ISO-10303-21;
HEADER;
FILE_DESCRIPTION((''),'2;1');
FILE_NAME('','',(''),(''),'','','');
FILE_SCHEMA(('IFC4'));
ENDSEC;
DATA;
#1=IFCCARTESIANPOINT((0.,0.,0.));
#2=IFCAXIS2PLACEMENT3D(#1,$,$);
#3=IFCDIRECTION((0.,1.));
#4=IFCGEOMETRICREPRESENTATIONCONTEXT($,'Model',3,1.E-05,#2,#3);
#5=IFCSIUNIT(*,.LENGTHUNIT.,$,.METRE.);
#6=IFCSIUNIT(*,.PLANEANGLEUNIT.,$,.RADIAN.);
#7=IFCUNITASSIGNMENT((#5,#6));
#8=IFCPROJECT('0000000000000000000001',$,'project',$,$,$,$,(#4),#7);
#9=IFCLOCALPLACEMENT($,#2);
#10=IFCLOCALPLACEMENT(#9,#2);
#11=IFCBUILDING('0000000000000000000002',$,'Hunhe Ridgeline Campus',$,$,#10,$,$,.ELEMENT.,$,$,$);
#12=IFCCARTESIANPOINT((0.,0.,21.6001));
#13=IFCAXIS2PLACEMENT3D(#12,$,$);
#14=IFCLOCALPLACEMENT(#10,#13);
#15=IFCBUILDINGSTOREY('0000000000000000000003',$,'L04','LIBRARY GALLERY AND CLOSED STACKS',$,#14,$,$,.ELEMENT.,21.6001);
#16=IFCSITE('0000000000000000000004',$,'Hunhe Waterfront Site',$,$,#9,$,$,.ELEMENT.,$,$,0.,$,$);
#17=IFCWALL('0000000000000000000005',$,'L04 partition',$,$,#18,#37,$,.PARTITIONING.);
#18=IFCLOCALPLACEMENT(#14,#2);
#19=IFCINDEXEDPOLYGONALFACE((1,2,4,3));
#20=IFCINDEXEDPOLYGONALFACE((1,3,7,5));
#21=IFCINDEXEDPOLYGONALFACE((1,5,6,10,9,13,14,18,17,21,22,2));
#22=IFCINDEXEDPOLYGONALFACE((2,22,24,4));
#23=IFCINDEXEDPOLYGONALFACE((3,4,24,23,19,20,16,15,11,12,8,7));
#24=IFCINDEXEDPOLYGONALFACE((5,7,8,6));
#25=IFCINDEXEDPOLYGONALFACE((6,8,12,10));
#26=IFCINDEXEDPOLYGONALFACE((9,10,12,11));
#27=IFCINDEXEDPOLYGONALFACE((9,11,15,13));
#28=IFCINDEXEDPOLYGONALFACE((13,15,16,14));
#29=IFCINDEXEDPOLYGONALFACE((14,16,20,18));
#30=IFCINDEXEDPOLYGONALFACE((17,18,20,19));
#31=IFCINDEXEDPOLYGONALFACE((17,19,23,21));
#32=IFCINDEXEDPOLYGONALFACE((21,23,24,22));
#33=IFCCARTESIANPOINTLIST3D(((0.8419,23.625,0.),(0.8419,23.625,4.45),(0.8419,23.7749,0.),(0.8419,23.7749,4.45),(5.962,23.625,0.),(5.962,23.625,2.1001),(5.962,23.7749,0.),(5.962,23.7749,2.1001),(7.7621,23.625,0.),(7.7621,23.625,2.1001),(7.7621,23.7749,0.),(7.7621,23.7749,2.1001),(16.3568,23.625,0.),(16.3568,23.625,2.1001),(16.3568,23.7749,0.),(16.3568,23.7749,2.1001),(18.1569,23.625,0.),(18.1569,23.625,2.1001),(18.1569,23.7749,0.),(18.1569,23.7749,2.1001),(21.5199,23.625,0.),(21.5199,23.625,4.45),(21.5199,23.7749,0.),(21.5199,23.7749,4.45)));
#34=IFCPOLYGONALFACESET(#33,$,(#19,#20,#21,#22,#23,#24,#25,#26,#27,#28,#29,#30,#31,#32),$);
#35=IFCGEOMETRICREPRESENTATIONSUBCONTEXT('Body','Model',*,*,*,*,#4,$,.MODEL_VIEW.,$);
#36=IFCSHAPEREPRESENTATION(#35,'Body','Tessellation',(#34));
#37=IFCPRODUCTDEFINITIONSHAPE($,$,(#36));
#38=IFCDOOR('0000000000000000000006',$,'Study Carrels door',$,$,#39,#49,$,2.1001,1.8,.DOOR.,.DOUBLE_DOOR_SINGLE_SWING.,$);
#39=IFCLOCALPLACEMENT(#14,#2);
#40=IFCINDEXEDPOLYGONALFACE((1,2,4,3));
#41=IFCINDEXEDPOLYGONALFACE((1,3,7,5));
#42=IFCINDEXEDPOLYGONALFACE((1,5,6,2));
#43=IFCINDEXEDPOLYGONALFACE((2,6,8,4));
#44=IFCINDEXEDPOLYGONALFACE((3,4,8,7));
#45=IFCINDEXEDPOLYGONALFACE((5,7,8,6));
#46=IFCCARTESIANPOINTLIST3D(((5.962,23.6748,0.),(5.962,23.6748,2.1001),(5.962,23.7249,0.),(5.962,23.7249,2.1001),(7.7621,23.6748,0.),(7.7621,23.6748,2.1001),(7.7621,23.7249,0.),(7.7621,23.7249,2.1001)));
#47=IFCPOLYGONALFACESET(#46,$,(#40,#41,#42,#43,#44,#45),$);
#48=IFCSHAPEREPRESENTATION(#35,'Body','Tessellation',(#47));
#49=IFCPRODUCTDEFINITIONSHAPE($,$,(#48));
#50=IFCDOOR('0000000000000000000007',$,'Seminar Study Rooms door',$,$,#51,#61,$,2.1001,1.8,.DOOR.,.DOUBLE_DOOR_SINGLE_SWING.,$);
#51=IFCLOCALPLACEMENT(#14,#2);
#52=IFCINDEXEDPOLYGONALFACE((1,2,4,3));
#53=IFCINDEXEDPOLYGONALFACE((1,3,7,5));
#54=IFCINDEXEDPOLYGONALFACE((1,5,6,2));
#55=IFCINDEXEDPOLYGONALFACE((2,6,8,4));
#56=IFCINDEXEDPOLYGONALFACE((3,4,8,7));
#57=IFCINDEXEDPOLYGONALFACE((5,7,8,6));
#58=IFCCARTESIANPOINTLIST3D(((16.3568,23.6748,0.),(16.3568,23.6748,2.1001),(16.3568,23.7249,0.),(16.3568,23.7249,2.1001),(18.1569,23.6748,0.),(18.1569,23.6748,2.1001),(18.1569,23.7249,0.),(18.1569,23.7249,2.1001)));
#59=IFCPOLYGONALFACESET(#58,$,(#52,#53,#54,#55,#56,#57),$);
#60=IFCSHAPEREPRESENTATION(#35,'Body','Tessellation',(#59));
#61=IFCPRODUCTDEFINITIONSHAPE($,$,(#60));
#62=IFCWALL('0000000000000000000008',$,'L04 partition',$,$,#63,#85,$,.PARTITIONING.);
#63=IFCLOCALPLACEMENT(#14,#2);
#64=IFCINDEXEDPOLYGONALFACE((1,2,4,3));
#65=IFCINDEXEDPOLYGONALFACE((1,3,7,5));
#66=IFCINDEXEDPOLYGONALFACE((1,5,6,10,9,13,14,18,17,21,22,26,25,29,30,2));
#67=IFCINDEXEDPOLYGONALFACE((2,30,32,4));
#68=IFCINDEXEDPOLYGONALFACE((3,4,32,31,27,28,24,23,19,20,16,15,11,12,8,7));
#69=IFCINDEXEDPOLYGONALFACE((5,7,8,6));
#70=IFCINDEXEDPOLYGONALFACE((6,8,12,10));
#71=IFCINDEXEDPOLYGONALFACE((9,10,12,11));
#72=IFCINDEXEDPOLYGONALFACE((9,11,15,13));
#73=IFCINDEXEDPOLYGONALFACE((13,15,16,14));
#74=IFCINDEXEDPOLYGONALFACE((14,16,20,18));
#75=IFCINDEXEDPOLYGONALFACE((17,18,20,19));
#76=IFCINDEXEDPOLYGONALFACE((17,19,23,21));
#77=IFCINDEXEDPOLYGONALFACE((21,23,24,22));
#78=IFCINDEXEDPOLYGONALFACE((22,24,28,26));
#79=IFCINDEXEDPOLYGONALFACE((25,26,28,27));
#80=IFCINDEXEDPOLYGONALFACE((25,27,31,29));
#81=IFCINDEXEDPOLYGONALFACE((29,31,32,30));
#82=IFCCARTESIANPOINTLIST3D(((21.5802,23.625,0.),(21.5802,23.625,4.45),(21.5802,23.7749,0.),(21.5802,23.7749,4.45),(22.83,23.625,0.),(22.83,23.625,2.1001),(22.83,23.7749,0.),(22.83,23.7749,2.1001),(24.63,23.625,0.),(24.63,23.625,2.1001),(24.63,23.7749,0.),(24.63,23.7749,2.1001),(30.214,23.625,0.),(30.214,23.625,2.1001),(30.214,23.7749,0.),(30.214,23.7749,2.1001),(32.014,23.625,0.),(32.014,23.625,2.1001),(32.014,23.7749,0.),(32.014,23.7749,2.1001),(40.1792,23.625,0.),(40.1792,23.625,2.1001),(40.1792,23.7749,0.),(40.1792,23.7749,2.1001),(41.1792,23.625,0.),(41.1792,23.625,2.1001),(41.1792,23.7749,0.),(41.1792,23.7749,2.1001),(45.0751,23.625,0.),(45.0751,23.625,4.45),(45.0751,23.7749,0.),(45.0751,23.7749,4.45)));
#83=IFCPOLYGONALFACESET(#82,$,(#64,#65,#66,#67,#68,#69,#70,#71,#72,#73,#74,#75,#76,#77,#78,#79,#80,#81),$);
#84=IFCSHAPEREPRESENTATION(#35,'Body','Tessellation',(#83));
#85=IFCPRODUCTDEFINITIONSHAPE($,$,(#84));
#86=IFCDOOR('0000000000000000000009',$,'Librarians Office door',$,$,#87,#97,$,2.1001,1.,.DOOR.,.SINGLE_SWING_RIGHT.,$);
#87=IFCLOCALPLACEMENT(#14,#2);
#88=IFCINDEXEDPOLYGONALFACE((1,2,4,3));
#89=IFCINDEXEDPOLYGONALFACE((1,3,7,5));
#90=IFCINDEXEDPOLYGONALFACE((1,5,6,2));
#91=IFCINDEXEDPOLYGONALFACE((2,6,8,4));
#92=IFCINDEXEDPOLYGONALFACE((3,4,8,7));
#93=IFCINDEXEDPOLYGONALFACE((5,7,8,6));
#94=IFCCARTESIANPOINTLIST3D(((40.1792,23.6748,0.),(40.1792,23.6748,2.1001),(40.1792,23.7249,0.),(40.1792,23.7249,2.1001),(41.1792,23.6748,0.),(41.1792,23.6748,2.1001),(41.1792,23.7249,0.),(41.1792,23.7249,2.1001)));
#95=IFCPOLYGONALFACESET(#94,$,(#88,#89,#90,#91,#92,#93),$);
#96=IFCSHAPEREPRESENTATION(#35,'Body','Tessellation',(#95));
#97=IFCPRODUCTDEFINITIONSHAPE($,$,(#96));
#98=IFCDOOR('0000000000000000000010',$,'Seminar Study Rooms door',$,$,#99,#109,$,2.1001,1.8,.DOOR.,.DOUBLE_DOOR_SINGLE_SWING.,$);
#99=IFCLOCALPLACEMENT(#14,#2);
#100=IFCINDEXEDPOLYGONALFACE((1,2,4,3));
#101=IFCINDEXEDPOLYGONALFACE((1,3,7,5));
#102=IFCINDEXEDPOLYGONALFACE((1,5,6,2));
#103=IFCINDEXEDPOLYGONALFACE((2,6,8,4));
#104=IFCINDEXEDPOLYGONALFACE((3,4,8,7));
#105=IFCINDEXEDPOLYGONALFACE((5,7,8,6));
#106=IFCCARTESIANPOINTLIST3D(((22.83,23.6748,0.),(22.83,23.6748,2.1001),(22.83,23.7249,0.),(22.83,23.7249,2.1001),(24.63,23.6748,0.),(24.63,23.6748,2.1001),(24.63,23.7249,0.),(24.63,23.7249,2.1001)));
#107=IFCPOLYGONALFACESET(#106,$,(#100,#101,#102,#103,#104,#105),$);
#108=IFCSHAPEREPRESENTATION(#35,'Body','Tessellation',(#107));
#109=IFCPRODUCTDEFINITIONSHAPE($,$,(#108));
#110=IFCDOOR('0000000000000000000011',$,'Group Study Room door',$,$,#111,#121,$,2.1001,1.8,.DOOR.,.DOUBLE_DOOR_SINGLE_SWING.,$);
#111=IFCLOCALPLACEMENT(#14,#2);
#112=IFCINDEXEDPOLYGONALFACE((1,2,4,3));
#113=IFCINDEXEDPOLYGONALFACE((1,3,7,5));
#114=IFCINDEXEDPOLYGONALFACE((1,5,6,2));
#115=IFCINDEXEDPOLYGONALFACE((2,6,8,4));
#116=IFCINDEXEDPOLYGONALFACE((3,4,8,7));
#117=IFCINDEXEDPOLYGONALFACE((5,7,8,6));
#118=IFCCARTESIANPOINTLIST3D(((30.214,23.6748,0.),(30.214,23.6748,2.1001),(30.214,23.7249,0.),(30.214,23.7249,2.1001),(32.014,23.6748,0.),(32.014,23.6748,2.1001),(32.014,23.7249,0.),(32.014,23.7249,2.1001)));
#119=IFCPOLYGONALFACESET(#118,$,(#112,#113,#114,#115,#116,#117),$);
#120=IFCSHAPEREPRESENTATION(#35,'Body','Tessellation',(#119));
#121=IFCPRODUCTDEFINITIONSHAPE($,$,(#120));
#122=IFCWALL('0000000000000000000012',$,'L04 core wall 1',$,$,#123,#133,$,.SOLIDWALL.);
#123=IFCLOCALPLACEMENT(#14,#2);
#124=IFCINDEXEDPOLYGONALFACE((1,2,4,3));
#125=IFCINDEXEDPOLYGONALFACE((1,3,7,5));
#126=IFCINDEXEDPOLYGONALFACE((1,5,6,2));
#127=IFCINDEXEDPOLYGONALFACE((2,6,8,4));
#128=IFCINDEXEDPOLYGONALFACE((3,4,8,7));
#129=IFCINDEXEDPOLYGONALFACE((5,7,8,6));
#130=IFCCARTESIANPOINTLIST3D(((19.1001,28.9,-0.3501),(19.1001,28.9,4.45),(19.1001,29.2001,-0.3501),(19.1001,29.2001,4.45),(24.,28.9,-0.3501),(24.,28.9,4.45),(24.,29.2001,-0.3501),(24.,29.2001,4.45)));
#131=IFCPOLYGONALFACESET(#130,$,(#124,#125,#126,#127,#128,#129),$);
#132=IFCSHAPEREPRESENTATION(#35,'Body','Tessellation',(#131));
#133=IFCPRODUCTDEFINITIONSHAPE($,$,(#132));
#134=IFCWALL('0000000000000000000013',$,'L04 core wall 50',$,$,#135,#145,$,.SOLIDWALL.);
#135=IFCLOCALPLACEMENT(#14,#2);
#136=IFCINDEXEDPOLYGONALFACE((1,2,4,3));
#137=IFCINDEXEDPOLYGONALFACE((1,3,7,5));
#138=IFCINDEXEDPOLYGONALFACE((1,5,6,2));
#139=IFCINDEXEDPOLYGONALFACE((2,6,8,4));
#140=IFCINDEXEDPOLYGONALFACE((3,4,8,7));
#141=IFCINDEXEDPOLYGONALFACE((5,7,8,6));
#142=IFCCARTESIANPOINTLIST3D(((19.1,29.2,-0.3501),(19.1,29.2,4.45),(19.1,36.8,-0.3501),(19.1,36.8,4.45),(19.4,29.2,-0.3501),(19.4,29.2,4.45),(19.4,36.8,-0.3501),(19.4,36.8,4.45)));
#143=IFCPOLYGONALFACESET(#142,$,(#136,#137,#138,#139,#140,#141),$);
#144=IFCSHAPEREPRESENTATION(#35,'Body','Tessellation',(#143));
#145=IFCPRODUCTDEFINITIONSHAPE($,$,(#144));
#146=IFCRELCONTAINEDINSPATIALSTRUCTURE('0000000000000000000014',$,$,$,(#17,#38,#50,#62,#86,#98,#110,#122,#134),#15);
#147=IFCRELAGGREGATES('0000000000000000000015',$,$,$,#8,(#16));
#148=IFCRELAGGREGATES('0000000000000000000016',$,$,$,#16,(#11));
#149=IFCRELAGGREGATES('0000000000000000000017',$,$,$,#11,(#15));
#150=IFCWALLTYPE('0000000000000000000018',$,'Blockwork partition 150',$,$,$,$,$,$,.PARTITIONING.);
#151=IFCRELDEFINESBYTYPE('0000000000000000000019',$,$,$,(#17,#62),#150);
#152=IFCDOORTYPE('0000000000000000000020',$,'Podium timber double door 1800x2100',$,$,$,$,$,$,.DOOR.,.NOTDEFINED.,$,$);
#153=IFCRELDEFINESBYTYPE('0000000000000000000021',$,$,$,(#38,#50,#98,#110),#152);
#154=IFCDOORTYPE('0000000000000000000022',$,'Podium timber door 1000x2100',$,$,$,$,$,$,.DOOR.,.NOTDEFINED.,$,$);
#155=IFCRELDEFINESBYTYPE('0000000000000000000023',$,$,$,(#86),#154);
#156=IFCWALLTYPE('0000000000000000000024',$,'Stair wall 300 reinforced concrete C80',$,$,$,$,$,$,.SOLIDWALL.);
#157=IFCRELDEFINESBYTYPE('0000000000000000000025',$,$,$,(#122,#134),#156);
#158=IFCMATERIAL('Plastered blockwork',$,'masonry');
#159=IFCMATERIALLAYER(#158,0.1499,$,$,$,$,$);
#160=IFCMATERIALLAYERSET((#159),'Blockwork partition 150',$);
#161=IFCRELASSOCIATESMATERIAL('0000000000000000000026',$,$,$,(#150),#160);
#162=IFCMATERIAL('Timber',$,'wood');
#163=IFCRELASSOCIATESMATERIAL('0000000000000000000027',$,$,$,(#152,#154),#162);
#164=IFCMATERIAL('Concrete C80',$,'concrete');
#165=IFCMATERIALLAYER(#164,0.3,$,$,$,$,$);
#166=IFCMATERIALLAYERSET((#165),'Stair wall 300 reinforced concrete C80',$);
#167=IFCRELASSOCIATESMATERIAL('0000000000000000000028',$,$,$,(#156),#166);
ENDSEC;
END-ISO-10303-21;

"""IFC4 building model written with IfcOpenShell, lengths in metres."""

from ifc_helpers import new_model, si_unit, direction, frame, frame_2d, origin, place, context, subcontext, project, spatial, rectangle, extrude, material, layer, layer_set, type_object, element, fill, save


model = new_model("IFC4")

# Units and contexts
model_context = context("Model", 3, precision=1e-05, world=origin(), true_north=direction((0.0, 1.0)))
body_context = subcontext(model_context, "Body", "Model", "MODEL_VIEW")
ifc_project = project(units=[si_unit("LENGTHUNIT", "METRE"), si_unit("PLANEANGLEUNIT", "RADIAN")], contexts=[model_context])

# Site, building, storey
site_placement = place(None, origin())
site = spatial("IfcSite", under=ifc_project, at=site_placement, Name="Hunhe Waterfront Site", CompositionType="ELEMENT", RefElevation=0.0)
building_placement = place(site_placement, origin())
building = spatial("IfcBuilding", under=site, at=building_placement, Name="Hunhe Ridgeline Campus", CompositionType="ELEMENT")
storey_placement = place(building_placement, frame((0.0, 0.0, 21.6001)))
storey = spatial("IfcBuildingStorey", under=building, at=storey_placement, Name="L04", Description="LIBRARY GALLERY AND CLOSED STACKS", CompositionType="ELEMENT", Elevation=21.6001)

# Shared definitions
ifc_material_1 = material(Name="Concrete C80", Category="concrete")

# Walls, openings, doors
ifc_material_2 = material(Name="Plastered blockwork", Category="masonry")
ifc_layer_1 = layer(ifc_material_2, 0.1499)
ifc_layer_set_1 = layer_set([ifc_layer_1], Name="Blockwork partition 150")
wall_type_1 = type_object("IfcWallType", Name="Blockwork partition 150", PredefinedType="PARTITIONING", material=ifc_layer_set_1)
wall_1_placement = place(storey_placement, frame((0.842, 23.7, 0.0), z_axis=(0.0, 0.0, 1.0), x_axis=(1.0, 0.0, 0.0)))
wall_1 = element("IfcWall", 1, at=wall_1_placement, inside=storey, type_object=wall_type_1, Name="L04 partition", PredefinedType="PARTITIONING", context=body_context, shape_type="SweptSolid", body=[
    extrude(rectangle(XDim=20.678, YDim=0.1499, at=frame_2d((10.3389, 0.0))), origin(), (0.0, 0.0, 1.0), 4.45),
])
opening_1_placement = place(wall_1_placement, frame((5.1201, 0.0, 0.0)))
opening_1 = element("IfcOpeningElement", 2, at=opening_1_placement, cuts=wall_1, PredefinedType="OPENING", context=body_context, shape_type="SweptSolid", body=[
    extrude(rectangle(XDim=1.8, YDim=2.1001, at=frame_2d((0.8999, 1.05))), frame((0.0, 0.075, 0.0), z_axis=(0.0, -1.0, 0.0), x_axis=(1.0, 0.0, 0.0)), (0.0, 0.0, 1.0), 0.1499),
])
opening_2_placement = place(wall_1_placement, frame((15.5149, 0.0, 0.0)))
opening_2 = element("IfcOpeningElement", 3, at=opening_2_placement, cuts=wall_1, PredefinedType="OPENING", context=body_context, shape_type="SweptSolid", body=[
    extrude(rectangle(XDim=1.8, YDim=2.1001, at=frame_2d((0.8999, 1.05))), frame((0.0, 0.075, 0.0), z_axis=(0.0, -1.0, 0.0), x_axis=(1.0, 0.0, 0.0)), (0.0, 0.0, 1.0), 0.1499),
])
ifc_material_3 = material(Name="Timber", Category="wood")
door_type_1 = type_object("IfcDoorType", Name="Podium timber double door 1800x2100", OperationType="NOTDEFINED", PredefinedType="DOOR", material=ifc_material_3)
door_1_placement = place(opening_1_placement, origin())
door_1 = element("IfcDoor", 4, at=door_1_placement, inside=storey, type_object=door_type_1, Name="Study Carrels door", OperationType="DOUBLE_DOOR_SINGLE_SWING", OverallHeight=2.1001, OverallWidth=1.8, PredefinedType="DOOR", context=body_context, shape_type="SweptSolid", body=[
    extrude(rectangle(XDim=1.8, YDim=2.1001, at=frame_2d((0.8999, 1.05))), frame((0.0, 0.0249, 0.0), z_axis=(0.0, -1.0, 0.0), x_axis=(1.0, 0.0, 0.0)), (0.0, 0.0, 1.0), 0.05),
])
fill(opening_1, door_1)
door_2_placement = place(opening_2_placement, origin())
door_2 = element("IfcDoor", 5, at=door_2_placement, inside=storey, type_object=door_type_1, Name="Seminar Study Rooms door", OperationType="DOUBLE_DOOR_SINGLE_SWING", OverallHeight=2.1001, OverallWidth=1.8, PredefinedType="DOOR", context=body_context, shape_type="SweptSolid", body=[
    extrude(rectangle(XDim=1.8, YDim=2.1001, at=frame_2d((0.8999, 1.05))), frame((0.0, 0.0249, 0.0), z_axis=(0.0, -1.0, 0.0), x_axis=(1.0, 0.0, 0.0)), (0.0, 0.0, 1.0), 0.05),
])
fill(opening_2, door_2)
wall_2_placement = place(storey_placement, frame((21.5801, 23.7, 0.0), z_axis=(0.0, 0.0, 1.0), x_axis=(1.0, 0.0, 0.0)))
wall_2 = element("IfcWall", 6, at=wall_2_placement, inside=storey, type_object=wall_type_1, Name="L04 partition", PredefinedType="PARTITIONING", context=body_context, shape_type="SweptSolid", body=[
    extrude(rectangle(XDim=23.4949, YDim=0.1499, at=frame_2d((11.7476, 0.0))), origin(), (0.0, 0.0, 1.0), 4.45),
])
opening_3_placement = place(wall_2_placement, frame((1.25, 0.0, 0.0)))
opening_3 = element("IfcOpeningElement", 7, at=opening_3_placement, cuts=wall_2, PredefinedType="OPENING", context=body_context, shape_type="SweptSolid", body=[
    extrude(rectangle(XDim=1.8, YDim=2.1001, at=frame_2d((0.8999, 1.05))), frame((0.0, 0.075, 0.0), z_axis=(0.0, -1.0, 0.0), x_axis=(1.0, 0.0, 0.0)), (0.0, 0.0, 1.0), 0.1499),
])
opening_4_placement = place(wall_2_placement, frame((8.634, 0.0, 0.0)))
opening_4 = element("IfcOpeningElement", 8, at=opening_4_placement, cuts=wall_2, PredefinedType="OPENING", context=body_context, shape_type="SweptSolid", body=[
    extrude(rectangle(XDim=1.8, YDim=2.1001, at=frame_2d((0.8999, 1.05))), frame((0.0, 0.075, 0.0), z_axis=(0.0, -1.0, 0.0), x_axis=(1.0, 0.0, 0.0)), (0.0, 0.0, 1.0), 0.1499),
])
opening_5_placement = place(wall_2_placement, frame((18.5991, 0.0, 0.0)))
opening_5 = element("IfcOpeningElement", 9, at=opening_5_placement, cuts=wall_2, PredefinedType="OPENING", context=body_context, shape_type="SweptSolid", body=[
    extrude(rectangle(XDim=1.0, YDim=2.1001, at=frame_2d((0.5, 1.05))), frame((0.0, 0.075, 0.0), z_axis=(0.0, -1.0, 0.0), x_axis=(1.0, 0.0, 0.0)), (0.0, 0.0, 1.0), 0.1499),
])
door_type_2 = type_object("IfcDoorType", Name="Podium timber door 1000x2100", OperationType="NOTDEFINED", PredefinedType="DOOR", material=ifc_material_3)
door_3_placement = place(opening_5_placement, origin())
door_3 = element("IfcDoor", 10, at=door_3_placement, inside=storey, type_object=door_type_2, Name="Librarians Office door", OperationType="SINGLE_SWING_RIGHT", OverallHeight=2.1001, OverallWidth=1.0, PredefinedType="DOOR", context=body_context, shape_type="SweptSolid", body=[
    extrude(rectangle(XDim=1.0, YDim=2.1001, at=frame_2d((0.5, 1.05))), frame((0.0, 0.0249, 0.0), z_axis=(0.0, -1.0, 0.0), x_axis=(1.0, 0.0, 0.0)), (0.0, 0.0, 1.0), 0.05),
])
fill(opening_5, door_3)
door_4_placement = place(opening_3_placement, origin())
door_4 = element("IfcDoor", 11, at=door_4_placement, inside=storey, type_object=door_type_1, Name="Seminar Study Rooms door", OperationType="DOUBLE_DOOR_SINGLE_SWING", OverallHeight=2.1001, OverallWidth=1.8, PredefinedType="DOOR", context=body_context, shape_type="SweptSolid", body=[
    extrude(rectangle(XDim=1.8, YDim=2.1001, at=frame_2d((0.8999, 1.05))), frame((0.0, 0.0249, 0.0), z_axis=(0.0, -1.0, 0.0), x_axis=(1.0, 0.0, 0.0)), (0.0, 0.0, 1.0), 0.05),
])
fill(opening_3, door_4)
door_5_placement = place(opening_4_placement, origin())
door_5 = element("IfcDoor", 12, at=door_5_placement, inside=storey, type_object=door_type_1, Name="Group Study Room door", OperationType="DOUBLE_DOOR_SINGLE_SWING", OverallHeight=2.1001, OverallWidth=1.8, PredefinedType="DOOR", context=body_context, shape_type="SweptSolid", body=[
    extrude(rectangle(XDim=1.8, YDim=2.1001, at=frame_2d((0.8999, 1.05))), frame((0.0, 0.0249, 0.0), z_axis=(0.0, -1.0, 0.0), x_axis=(1.0, 0.0, 0.0)), (0.0, 0.0, 1.0), 0.05),
])
fill(opening_4, door_5)

# Walls
ifc_layer_2 = layer(ifc_material_1, 0.3)
ifc_layer_set_2 = layer_set([ifc_layer_2], Name="Stair wall 300 reinforced concrete C80")
wall_type_2 = type_object("IfcWallType", Name="Stair wall 300 reinforced concrete C80", PredefinedType="SOLIDWALL", material=ifc_layer_set_2)
wall_3_placement = place(storey_placement, frame((19.1001, 29.05, -0.3501), z_axis=(0.0, 0.0, 1.0), x_axis=(1.0, 0.0, 0.0)))
element("IfcWall", 13, at=wall_3_placement, inside=storey, type_object=wall_type_2, Name="L04 core wall 1", PredefinedType="SOLIDWALL", context=body_context, shape_type="SweptSolid", body=[
    extrude(rectangle(XDim=4.8999, YDim=0.3, at=frame_2d((2.45, 0.0))), origin(), (0.0, 0.0, 1.0), 4.8),
])
wall_4_placement = place(storey_placement, frame((19.25, 29.2, -0.3501), z_axis=(0.0, 0.0, 1.0), x_axis=(0.0, 1.0, 0.0)))
element("IfcWall", 14, at=wall_4_placement, inside=storey, type_object=wall_type_2, Name="L04 core wall 50", PredefinedType="SOLIDWALL", context=body_context, shape_type="SweptSolid", body=[
    extrude(rectangle(XDim=7.6001, YDim=0.3, at=frame_2d((3.8, 0.0))), origin(), (0.0, 0.0, 1.0), 4.8),
])

save(model, "model.ifc")
